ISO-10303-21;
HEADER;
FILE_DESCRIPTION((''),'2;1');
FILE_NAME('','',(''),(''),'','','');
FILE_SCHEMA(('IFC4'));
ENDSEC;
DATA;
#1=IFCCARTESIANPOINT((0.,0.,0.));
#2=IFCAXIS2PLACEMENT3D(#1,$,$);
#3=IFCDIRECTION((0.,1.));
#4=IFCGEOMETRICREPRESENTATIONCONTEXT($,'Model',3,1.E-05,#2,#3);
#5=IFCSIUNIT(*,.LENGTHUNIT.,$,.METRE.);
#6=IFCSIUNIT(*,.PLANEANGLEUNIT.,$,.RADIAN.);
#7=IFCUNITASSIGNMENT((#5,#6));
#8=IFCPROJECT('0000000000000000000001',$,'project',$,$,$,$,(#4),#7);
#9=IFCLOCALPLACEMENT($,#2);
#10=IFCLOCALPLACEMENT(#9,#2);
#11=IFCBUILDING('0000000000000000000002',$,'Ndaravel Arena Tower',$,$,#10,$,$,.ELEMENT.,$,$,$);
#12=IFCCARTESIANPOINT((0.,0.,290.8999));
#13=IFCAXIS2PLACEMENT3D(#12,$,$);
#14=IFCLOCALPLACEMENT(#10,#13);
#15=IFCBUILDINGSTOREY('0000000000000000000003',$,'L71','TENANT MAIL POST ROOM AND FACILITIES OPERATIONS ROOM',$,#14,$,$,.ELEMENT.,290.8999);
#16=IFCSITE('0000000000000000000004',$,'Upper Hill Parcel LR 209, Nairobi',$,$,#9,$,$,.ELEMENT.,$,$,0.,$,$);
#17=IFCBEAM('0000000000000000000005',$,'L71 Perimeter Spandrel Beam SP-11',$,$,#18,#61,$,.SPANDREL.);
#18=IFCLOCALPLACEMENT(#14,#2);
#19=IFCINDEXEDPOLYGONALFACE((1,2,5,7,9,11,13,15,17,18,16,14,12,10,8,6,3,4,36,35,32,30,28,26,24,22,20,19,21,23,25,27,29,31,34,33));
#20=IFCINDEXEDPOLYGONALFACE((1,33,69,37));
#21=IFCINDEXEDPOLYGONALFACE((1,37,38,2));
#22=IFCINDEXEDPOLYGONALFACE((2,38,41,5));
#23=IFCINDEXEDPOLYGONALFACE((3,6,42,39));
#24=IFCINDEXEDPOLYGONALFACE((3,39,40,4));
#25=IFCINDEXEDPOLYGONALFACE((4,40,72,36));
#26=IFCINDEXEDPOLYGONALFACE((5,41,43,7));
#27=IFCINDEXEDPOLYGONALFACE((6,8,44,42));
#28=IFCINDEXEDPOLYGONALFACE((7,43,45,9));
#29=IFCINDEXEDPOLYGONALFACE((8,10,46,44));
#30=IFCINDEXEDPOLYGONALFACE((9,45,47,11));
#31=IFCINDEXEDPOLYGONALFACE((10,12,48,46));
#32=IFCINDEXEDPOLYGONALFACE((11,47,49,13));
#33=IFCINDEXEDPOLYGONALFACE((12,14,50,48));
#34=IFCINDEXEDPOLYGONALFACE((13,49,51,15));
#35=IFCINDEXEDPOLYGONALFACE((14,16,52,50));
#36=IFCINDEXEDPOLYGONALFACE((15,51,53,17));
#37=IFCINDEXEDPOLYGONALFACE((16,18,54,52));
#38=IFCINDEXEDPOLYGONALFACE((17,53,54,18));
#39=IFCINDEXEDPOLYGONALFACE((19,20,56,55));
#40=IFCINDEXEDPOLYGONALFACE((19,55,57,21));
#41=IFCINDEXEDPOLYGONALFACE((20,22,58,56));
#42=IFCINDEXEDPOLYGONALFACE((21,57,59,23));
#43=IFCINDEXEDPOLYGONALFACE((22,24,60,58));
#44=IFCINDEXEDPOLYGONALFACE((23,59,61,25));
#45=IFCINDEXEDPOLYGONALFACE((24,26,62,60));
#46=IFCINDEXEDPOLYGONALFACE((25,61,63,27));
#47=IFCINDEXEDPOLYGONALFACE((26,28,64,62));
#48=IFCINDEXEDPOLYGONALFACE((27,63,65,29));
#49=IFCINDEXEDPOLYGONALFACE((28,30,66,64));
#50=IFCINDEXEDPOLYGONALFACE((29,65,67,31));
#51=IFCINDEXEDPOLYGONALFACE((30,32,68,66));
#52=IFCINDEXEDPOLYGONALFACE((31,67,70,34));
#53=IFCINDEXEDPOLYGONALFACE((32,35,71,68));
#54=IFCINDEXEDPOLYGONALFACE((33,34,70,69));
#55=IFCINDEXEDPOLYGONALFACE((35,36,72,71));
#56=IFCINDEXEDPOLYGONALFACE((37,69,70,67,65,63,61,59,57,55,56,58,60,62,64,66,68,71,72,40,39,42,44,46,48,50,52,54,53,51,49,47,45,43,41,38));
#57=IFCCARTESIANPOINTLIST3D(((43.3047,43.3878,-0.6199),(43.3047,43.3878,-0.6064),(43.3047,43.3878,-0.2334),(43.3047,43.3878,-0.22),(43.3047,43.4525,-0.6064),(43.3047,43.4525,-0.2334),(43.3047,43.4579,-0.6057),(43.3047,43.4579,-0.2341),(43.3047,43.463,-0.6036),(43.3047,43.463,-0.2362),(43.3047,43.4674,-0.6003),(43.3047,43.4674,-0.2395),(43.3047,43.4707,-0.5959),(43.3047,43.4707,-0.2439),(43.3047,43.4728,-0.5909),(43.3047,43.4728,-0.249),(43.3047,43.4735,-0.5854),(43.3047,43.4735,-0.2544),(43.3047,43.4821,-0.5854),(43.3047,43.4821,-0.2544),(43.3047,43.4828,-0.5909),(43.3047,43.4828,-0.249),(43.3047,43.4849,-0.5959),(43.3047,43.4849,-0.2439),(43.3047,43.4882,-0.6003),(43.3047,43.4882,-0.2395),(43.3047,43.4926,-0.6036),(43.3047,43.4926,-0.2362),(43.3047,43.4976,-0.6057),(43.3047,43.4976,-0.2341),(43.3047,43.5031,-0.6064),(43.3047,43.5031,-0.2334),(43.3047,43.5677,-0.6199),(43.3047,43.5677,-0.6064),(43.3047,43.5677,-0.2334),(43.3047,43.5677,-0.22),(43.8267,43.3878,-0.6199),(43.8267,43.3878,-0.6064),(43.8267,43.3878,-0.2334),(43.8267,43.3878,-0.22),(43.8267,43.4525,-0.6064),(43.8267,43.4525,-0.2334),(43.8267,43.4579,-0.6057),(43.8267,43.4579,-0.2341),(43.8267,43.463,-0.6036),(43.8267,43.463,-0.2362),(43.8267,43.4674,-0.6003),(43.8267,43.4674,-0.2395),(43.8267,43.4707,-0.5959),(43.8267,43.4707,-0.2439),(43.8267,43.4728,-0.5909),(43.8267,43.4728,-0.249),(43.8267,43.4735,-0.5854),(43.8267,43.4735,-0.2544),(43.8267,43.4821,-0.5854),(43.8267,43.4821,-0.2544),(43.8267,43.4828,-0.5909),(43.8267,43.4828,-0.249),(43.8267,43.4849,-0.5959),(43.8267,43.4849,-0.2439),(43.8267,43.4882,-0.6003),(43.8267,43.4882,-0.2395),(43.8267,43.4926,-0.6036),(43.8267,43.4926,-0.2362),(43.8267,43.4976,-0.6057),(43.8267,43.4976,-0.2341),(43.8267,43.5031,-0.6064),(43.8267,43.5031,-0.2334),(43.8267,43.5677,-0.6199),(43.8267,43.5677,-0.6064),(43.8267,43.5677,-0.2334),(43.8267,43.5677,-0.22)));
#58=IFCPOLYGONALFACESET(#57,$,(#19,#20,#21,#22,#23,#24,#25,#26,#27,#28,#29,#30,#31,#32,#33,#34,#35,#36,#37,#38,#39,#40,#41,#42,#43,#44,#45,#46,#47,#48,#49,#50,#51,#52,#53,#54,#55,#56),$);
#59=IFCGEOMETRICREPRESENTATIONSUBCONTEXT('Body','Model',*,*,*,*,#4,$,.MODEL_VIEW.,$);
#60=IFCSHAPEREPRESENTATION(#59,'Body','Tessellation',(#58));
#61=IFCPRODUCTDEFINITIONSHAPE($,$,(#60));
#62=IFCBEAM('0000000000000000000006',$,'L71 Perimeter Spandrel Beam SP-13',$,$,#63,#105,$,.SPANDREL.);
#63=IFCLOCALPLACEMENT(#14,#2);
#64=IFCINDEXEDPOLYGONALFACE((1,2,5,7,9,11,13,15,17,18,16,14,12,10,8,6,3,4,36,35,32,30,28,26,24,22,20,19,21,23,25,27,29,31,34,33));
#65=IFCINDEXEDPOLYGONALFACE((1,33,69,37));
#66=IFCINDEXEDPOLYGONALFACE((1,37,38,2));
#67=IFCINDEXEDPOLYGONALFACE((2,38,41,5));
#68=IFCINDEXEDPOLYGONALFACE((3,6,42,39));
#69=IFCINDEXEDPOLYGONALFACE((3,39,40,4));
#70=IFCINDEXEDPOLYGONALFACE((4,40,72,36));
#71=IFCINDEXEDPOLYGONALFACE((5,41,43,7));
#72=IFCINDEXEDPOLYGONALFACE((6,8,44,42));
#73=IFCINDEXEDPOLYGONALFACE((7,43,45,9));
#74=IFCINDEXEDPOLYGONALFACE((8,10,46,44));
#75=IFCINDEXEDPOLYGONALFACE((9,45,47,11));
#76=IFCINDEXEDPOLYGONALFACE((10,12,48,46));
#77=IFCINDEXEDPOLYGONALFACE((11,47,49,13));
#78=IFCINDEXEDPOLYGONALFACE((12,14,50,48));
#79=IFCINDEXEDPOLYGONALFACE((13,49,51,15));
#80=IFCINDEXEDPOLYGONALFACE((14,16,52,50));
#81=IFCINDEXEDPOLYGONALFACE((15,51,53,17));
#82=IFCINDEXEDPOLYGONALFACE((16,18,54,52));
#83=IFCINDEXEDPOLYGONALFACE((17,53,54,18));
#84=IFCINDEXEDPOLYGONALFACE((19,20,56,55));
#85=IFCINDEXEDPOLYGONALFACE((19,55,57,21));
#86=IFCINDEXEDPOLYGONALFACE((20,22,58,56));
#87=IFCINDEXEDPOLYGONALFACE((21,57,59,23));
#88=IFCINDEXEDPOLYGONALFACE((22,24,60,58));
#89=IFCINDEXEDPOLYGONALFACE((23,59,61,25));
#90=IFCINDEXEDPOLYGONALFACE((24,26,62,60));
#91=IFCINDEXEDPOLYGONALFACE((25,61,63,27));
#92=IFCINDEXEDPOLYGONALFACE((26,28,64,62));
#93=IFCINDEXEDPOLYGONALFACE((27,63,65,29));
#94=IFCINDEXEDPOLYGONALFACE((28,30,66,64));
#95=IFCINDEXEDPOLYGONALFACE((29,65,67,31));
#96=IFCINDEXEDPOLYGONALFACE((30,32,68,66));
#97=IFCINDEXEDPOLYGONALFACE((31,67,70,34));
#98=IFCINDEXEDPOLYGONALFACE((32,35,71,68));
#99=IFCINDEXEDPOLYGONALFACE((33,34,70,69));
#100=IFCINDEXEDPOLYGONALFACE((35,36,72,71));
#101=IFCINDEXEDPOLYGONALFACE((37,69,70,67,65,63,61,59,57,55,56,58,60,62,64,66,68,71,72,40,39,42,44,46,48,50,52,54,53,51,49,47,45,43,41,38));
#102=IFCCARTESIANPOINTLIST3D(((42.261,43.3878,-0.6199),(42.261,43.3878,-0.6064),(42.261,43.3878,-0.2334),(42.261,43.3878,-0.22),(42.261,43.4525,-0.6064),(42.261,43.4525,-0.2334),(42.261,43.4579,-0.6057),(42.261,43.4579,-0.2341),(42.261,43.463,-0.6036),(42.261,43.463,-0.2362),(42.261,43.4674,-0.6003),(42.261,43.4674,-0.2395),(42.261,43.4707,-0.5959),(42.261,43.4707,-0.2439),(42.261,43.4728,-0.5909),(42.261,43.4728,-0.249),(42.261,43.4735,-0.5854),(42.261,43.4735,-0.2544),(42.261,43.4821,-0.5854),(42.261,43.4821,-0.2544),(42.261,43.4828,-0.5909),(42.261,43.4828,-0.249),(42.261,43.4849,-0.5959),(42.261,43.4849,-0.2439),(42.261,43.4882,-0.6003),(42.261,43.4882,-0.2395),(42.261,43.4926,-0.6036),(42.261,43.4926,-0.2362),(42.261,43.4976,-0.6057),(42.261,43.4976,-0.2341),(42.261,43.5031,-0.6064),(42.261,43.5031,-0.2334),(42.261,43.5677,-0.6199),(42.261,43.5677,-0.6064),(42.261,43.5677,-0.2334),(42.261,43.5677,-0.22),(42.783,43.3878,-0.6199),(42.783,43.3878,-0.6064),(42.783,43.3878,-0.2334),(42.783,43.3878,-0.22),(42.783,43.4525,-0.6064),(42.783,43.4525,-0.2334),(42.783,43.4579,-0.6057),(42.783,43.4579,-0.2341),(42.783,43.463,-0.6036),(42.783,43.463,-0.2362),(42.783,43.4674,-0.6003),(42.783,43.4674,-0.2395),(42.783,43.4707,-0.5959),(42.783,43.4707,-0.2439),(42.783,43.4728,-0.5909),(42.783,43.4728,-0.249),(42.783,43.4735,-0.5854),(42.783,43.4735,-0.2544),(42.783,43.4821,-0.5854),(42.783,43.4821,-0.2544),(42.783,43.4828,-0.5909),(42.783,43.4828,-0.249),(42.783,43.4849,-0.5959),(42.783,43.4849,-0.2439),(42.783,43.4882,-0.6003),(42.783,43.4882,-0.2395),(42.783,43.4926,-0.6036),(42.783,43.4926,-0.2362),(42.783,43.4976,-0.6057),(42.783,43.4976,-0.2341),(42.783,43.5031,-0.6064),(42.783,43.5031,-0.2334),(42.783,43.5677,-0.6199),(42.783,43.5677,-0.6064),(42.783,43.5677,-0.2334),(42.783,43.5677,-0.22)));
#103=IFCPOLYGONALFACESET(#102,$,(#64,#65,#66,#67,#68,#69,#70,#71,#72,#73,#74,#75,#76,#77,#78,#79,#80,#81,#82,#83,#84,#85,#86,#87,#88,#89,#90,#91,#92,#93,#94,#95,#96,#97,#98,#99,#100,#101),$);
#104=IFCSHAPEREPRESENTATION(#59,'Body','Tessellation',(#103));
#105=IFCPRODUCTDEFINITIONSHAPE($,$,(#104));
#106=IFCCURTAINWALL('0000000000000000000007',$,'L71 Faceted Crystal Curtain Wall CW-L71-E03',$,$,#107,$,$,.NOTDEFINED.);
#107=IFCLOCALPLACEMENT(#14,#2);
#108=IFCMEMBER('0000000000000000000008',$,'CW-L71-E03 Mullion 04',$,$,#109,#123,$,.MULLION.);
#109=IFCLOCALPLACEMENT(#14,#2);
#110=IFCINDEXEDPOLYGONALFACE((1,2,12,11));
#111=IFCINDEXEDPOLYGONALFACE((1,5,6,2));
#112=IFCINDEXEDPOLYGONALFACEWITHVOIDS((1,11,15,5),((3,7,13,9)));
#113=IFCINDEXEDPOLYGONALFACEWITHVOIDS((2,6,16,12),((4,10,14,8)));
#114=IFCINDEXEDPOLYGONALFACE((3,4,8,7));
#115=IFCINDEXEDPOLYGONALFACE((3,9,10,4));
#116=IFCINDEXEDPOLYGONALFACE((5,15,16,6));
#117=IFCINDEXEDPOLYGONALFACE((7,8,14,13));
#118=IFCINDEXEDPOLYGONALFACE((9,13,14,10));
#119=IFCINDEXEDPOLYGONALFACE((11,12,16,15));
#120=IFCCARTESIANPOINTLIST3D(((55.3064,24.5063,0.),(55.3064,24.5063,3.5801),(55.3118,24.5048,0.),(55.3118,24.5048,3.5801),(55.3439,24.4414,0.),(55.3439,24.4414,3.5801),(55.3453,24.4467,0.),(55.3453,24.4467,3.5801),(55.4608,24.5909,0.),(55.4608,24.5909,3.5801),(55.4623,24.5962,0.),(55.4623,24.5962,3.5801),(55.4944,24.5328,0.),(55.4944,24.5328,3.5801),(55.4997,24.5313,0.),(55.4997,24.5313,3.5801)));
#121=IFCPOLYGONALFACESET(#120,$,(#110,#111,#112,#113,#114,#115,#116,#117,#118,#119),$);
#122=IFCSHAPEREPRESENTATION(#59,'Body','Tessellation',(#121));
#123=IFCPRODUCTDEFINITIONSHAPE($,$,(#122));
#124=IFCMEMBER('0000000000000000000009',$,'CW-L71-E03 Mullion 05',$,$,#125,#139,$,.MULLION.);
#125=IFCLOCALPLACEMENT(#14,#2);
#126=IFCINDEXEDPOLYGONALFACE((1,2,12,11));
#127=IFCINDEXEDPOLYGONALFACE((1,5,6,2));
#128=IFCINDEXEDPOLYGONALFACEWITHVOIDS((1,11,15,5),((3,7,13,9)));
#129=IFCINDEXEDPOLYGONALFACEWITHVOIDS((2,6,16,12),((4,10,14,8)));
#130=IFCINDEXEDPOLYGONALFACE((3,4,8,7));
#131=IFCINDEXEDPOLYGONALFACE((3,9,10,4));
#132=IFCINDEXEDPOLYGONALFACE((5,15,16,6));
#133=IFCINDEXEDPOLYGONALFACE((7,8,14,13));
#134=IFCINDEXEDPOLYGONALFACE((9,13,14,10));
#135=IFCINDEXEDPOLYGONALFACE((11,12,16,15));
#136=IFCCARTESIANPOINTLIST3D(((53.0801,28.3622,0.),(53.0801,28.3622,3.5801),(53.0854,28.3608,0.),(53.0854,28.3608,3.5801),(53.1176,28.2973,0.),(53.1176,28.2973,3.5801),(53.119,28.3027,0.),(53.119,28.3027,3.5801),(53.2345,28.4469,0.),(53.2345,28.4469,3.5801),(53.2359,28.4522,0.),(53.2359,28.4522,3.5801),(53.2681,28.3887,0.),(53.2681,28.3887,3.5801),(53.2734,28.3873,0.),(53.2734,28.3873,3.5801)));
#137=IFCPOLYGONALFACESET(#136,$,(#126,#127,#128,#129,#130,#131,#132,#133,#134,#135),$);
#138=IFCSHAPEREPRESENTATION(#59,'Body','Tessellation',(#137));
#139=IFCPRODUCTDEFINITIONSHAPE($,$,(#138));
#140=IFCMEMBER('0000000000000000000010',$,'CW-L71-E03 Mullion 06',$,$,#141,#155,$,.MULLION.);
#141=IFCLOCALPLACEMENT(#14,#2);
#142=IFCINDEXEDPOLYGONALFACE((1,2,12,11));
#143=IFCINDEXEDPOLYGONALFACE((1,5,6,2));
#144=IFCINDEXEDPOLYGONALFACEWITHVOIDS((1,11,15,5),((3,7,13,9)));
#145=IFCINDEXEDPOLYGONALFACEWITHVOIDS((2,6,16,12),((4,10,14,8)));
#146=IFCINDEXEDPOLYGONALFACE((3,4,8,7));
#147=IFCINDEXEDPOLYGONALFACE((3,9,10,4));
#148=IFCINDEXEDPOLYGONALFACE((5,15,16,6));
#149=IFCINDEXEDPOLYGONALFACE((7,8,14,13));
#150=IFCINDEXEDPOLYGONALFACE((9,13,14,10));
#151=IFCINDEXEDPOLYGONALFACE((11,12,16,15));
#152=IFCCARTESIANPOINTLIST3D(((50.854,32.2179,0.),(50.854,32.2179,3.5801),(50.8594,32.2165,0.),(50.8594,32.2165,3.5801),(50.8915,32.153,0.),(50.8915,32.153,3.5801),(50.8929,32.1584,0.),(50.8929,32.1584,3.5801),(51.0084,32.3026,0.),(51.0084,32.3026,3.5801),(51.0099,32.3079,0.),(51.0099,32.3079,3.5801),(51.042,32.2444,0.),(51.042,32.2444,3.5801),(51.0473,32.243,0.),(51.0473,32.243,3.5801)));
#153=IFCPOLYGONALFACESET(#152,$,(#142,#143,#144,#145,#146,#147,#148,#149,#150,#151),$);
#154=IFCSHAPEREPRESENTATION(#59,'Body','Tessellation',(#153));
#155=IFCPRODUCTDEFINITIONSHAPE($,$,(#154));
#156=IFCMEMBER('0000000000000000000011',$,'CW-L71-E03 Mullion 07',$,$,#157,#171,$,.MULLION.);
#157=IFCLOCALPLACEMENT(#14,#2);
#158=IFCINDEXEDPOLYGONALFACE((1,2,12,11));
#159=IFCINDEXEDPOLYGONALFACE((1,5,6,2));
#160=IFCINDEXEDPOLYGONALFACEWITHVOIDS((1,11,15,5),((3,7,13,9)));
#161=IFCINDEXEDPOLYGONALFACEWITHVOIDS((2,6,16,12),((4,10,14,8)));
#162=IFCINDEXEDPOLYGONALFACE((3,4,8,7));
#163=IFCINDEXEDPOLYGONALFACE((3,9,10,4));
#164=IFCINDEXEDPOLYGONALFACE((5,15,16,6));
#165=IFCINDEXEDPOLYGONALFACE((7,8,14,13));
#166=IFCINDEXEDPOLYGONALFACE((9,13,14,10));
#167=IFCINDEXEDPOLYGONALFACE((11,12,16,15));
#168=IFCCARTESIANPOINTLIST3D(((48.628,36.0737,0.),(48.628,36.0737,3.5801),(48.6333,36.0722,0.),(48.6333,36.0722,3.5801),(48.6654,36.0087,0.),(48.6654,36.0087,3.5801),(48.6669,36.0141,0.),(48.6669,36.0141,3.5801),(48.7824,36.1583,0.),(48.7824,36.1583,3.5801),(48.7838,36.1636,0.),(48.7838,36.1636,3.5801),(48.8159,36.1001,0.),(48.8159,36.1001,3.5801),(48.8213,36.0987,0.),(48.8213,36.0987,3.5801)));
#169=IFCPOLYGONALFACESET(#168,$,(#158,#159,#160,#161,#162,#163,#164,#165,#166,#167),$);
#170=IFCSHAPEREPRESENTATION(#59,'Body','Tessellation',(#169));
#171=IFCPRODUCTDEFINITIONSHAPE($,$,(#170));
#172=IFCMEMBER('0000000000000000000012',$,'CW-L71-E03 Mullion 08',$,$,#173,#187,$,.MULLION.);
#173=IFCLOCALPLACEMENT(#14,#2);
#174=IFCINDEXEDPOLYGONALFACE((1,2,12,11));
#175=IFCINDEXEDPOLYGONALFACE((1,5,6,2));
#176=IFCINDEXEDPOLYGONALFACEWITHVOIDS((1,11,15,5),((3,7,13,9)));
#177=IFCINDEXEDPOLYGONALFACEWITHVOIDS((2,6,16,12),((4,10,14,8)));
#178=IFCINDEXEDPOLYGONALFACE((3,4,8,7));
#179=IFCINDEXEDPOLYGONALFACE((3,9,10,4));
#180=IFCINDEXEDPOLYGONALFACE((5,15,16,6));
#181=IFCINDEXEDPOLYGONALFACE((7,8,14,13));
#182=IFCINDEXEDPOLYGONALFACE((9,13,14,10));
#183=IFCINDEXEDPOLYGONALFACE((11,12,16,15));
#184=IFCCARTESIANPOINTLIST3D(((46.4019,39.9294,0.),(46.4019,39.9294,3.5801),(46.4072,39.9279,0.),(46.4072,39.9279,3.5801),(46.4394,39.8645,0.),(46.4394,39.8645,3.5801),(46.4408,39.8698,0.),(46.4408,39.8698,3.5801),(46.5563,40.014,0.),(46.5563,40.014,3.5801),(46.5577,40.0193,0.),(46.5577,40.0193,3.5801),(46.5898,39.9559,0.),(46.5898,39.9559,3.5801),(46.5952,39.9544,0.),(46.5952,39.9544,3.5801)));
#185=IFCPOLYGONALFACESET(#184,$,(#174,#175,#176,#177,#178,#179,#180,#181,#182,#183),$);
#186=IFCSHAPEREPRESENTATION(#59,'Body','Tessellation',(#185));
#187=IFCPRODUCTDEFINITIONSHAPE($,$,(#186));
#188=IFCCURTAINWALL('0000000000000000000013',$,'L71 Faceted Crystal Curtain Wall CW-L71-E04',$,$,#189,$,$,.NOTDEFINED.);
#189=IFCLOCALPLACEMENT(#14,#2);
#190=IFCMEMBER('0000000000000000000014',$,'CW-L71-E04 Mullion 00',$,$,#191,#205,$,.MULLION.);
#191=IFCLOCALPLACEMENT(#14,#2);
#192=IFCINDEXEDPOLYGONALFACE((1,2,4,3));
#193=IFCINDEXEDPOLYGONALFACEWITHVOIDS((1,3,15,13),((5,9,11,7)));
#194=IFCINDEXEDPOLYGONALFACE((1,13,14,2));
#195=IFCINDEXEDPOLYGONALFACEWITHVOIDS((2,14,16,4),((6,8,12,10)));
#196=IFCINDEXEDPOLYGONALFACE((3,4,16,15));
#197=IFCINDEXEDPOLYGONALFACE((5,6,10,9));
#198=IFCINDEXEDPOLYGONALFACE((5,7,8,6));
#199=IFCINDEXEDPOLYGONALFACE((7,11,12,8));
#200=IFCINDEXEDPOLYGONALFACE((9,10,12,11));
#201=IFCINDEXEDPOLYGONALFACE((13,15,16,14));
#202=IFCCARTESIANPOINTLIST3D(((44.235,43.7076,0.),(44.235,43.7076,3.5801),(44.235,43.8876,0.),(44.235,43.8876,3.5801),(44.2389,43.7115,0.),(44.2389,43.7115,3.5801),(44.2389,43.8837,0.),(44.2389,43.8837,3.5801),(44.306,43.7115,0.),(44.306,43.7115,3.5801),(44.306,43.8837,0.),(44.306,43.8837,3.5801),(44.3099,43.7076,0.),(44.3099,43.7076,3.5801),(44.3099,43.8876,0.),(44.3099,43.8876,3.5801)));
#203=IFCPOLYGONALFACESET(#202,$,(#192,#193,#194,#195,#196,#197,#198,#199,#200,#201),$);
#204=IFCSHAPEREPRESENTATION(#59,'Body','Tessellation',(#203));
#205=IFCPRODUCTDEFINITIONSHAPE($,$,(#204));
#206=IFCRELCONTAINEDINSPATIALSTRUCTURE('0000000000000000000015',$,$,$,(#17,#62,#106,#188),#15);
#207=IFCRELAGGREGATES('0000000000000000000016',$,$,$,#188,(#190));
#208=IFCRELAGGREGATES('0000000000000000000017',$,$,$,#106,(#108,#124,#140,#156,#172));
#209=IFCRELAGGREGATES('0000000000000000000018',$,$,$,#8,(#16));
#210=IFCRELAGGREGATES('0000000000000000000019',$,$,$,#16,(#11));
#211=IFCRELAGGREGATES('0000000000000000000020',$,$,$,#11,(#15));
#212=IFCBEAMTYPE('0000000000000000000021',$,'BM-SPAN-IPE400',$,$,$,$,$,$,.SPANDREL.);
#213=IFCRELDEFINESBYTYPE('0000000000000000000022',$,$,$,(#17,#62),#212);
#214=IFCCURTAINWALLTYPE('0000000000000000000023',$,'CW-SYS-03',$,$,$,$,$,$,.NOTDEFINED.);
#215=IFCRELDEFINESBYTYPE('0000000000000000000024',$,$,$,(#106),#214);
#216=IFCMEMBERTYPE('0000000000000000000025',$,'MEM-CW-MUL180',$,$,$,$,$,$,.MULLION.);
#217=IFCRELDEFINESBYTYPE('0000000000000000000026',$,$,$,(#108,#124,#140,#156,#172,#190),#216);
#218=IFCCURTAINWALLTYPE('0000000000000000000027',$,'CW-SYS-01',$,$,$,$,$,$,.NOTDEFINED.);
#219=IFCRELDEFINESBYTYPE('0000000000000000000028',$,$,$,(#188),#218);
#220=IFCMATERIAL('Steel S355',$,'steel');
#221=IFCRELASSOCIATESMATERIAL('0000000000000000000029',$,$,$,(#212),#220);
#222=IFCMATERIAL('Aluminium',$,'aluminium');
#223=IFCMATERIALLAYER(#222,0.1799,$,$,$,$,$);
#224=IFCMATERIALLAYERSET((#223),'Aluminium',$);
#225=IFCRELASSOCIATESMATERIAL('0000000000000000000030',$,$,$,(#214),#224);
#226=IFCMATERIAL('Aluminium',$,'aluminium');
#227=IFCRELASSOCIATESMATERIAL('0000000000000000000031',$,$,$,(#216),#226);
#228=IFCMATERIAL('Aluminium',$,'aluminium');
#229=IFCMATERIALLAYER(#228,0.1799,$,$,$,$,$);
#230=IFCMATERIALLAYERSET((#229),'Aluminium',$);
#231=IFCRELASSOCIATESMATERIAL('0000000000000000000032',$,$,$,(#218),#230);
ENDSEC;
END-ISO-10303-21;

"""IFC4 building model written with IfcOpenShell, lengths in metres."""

from ifc_helpers import new_model, si_unit, direction, frame, origin, origin_2d, place, context, subcontext, project, spatial, hollow_rectangle, i_section, extrude, material, layer, layer_set, material_profile, profile_set, type_object, element, aggregate, save


model = new_model("IFC4")

# Units and contexts
model_context = context("Model", 3, precision=1e-05, world=origin(), true_north=direction((0.0, 1.0)))
body_context = subcontext(model_context, "Body", "Model", "MODEL_VIEW")
ifc_project = project(units=[si_unit("LENGTHUNIT", "METRE"), si_unit("PLANEANGLEUNIT", "RADIAN")], contexts=[model_context])

# Site, building, storey
site_placement = place(None, origin())
site = spatial("IfcSite", under=ifc_project, at=site_placement, Name="Upper Hill Parcel LR 209, Nairobi", CompositionType="ELEMENT", RefElevation=0.0)
building_placement = place(site_placement, origin())
building = spatial("IfcBuilding", under=site, at=building_placement, Name="Ndaravel Arena Tower", CompositionType="ELEMENT")
storey_placement = place(building_placement, frame((0.0, 0.0, 290.8999)))
storey = spatial("IfcBuildingStorey", under=building, at=storey_placement, Name="L71", Description="TENANT MAIL POST ROOM AND FACILITIES OPERATIONS ROOM", CompositionType="ELEMENT", Elevation=290.8999)

# Beams
ifc_material_1 = material(Name="Steel S355", Category="steel")
ifc_material_profile_1 = material_profile(ifc_material_1, i_section(OverallWidth=0.1799, OverallDepth=0.3999, WebThickness=0.0085, FlangeThickness=0.0134, FilletRadius=0.021, at=origin_2d()), Name="IPE 400")
ifc_profile_set_1 = profile_set([ifc_material_profile_1], Name="Steel S355")
beam_type_1 = type_object("IfcBeamType", Name="BM-SPAN-IPE400", PredefinedType="SPANDREL", material=ifc_profile_set_1)
for number, where, z_axis, x_axis, name in (
    (1, (43.8267, 43.4778, -0.4199), (-1.0, 0.0, 0.0), (0.0, -1.0, 0.0), "L71 Perimeter Spandrel Beam SP-11"),
    (2, (42.783, 43.4778, -0.4199), (-1.0, 0.0, 0.0), (0.0, -1.0, 0.0), "L71 Perimeter Spandrel Beam SP-13"),
):
    element("IfcBeam", number, at=place(storey_placement, frame(where, z_axis=z_axis, x_axis=x_axis)), inside=storey, type_object=beam_type_1, Name=name, PredefinedType="SPANDREL", context=body_context, shape_type="SweptSolid", body=[
        extrude(i_section(OverallWidth=0.1799, OverallDepth=0.3999, WebThickness=0.0085, FlangeThickness=0.0134, FilletRadius=0.021, at=origin_2d()), origin(), (0.0, 0.0, 1.0), 0.522),
    ])

# Curtain walls, members
ifc_material_2 = material(Name="Aluminium", Category="aluminium")
ifc_layer_1 = layer(ifc_material_2, 0.1799)
ifc_layer_set_1 = layer_set([ifc_layer_1], Name="Aluminium")
curtain_wall_type_1 = type_object("IfcCurtainWallType", Name="CW-SYS-03", PredefinedType="NOTDEFINED", material=ifc_layer_set_1)
curtain_wall_1_placement = place(storey_placement, origin())
curtain_wall_1 = element("IfcCurtainWall", 3, at=curtain_wall_1_placement, inside=storey, type_object=curtain_wall_type_1, Name="L71 Faceted Crystal Curtain Wall CW-L71-E03", PredefinedType="NOTDEFINED")
ifc_material_3 = material(Name="Aluminium", Category="aluminium")
ifc_material_profile_2 = material_profile(ifc_material_3, hollow_rectangle(XDim=0.075, YDim=0.1799, WallThickness=0.0039, at=origin_2d()), Name="CW MULLION 75x180x4")
ifc_profile_set_2 = profile_set([ifc_material_profile_2], Name="Aluminium")
member_type_1 = type_object("IfcMemberType", Name="MEM-CW-MUL180", PredefinedType="MULLION", material=ifc_profile_set_2)
member_1_placement = place(storey_placement, frame((55.4031, 24.5188, 0.0), z_axis=(0.0, 0.0, 1.0), x_axis=(-0.5, 0.866025, 0.0)))
member_1 = element("IfcMember", 4, at=member_1_placement, type_object=member_type_1, Name="CW-L71-E03 Mullion 04", PredefinedType="MULLION", context=body_context, shape_type="SweptSolid", body=[
    extrude(hollow_rectangle(XDim=0.075, YDim=0.1799, WallThickness=0.0039, at=origin_2d()), origin(), (0.0, 0.0, 1.0), 3.5801),
])
member_2_placement = place(storey_placement, frame((53.1768, 28.3748, 0.0), z_axis=(0.0, 0.0, 1.0), x_axis=(-0.5, 0.866025, 0.0)))
member_2 = element("IfcMember", 5, at=member_2_placement, type_object=member_type_1, Name="CW-L71-E03 Mullion 05", PredefinedType="MULLION", context=body_context, shape_type="SweptSolid", body=[
    extrude(hollow_rectangle(XDim=0.075, YDim=0.1799, WallThickness=0.0039, at=origin_2d()), origin(), (0.0, 0.0, 1.0), 3.5801),
])
member_3_placement = place(storey_placement, frame((50.9507, 32.2305, 0.0), z_axis=(0.0, 0.0, 1.0), x_axis=(-0.5, 0.866025, 0.0)))
member_3 = element("IfcMember", 6, at=member_3_placement, type_object=member_type_1, Name="CW-L71-E03 Mullion 06", PredefinedType="MULLION", context=body_context, shape_type="SweptSolid", body=[
    extrude(hollow_rectangle(XDim=0.075, YDim=0.1799, WallThickness=0.0039, at=origin_2d()), origin(), (0.0, 0.0, 1.0), 3.5801),
])
member_4_placement = place(storey_placement, frame((48.7246, 36.0862, 0.0), z_axis=(0.0, 0.0, 1.0), x_axis=(-0.5, 0.866025, 0.0)))
member_4 = element("IfcMember", 7, at=member_4_placement, type_object=member_type_1, Name="CW-L71-E03 Mullion 07", PredefinedType="MULLION", context=body_context, shape_type="SweptSolid", body=[
    extrude(hollow_rectangle(XDim=0.075, YDim=0.1799, WallThickness=0.0039, at=origin_2d()), origin(), (0.0, 0.0, 1.0), 3.5801),
])
member_5_placement = place(storey_placement, frame((46.4985, 39.9419, 0.0), z_axis=(0.0, 0.0, 1.0), x_axis=(-0.5, 0.866025, 0.0)))
member_5 = element("IfcMember", 8, at=member_5_placement, type_object=member_type_1, Name="CW-L71-E03 Mullion 08", PredefinedType="MULLION", context=body_context, shape_type="SweptSolid", body=[
    extrude(hollow_rectangle(XDim=0.075, YDim=0.1799, WallThickness=0.0039, at=origin_2d()), origin(), (0.0, 0.0, 1.0), 3.5801),
])
ifc_material_4 = material(Name="Aluminium", Category="aluminium")
ifc_layer_2 = layer(ifc_material_4, 0.1799)
ifc_layer_set_2 = layer_set([ifc_layer_2], Name="Aluminium")
curtain_wall_type_2 = type_object("IfcCurtainWallType", Name="CW-SYS-01", PredefinedType="NOTDEFINED", material=ifc_layer_set_2)
curtain_wall_2_placement = place(storey_placement, origin())
curtain_wall_2 = element("IfcCurtainWall", 9, at=curtain_wall_2_placement, inside=storey, type_object=curtain_wall_type_2, Name="L71 Faceted Crystal Curtain Wall CW-L71-E04", PredefinedType="NOTDEFINED")
member_6_placement = place(storey_placement, frame((44.2725, 43.7976, 0.0), z_axis=(0.0, 0.0, 1.0), x_axis=(-1.0, 0.0, 0.0)))
member_6 = element("IfcMember", 10, at=member_6_placement, type_object=member_type_1, Name="CW-L71-E04 Mullion 00", PredefinedType="MULLION", context=body_context, shape_type="SweptSolid", body=[
    extrude(hollow_rectangle(XDim=0.075, YDim=0.1799, WallThickness=0.0039, at=origin_2d()), origin(), (0.0, 0.0, 1.0), 3.5801),
])
aggregate(curtain_wall_2, [member_6])

aggregate(curtain_wall_1, [member_1, member_2, member_3, member_4, member_5])

save(model, "model.ifc")
